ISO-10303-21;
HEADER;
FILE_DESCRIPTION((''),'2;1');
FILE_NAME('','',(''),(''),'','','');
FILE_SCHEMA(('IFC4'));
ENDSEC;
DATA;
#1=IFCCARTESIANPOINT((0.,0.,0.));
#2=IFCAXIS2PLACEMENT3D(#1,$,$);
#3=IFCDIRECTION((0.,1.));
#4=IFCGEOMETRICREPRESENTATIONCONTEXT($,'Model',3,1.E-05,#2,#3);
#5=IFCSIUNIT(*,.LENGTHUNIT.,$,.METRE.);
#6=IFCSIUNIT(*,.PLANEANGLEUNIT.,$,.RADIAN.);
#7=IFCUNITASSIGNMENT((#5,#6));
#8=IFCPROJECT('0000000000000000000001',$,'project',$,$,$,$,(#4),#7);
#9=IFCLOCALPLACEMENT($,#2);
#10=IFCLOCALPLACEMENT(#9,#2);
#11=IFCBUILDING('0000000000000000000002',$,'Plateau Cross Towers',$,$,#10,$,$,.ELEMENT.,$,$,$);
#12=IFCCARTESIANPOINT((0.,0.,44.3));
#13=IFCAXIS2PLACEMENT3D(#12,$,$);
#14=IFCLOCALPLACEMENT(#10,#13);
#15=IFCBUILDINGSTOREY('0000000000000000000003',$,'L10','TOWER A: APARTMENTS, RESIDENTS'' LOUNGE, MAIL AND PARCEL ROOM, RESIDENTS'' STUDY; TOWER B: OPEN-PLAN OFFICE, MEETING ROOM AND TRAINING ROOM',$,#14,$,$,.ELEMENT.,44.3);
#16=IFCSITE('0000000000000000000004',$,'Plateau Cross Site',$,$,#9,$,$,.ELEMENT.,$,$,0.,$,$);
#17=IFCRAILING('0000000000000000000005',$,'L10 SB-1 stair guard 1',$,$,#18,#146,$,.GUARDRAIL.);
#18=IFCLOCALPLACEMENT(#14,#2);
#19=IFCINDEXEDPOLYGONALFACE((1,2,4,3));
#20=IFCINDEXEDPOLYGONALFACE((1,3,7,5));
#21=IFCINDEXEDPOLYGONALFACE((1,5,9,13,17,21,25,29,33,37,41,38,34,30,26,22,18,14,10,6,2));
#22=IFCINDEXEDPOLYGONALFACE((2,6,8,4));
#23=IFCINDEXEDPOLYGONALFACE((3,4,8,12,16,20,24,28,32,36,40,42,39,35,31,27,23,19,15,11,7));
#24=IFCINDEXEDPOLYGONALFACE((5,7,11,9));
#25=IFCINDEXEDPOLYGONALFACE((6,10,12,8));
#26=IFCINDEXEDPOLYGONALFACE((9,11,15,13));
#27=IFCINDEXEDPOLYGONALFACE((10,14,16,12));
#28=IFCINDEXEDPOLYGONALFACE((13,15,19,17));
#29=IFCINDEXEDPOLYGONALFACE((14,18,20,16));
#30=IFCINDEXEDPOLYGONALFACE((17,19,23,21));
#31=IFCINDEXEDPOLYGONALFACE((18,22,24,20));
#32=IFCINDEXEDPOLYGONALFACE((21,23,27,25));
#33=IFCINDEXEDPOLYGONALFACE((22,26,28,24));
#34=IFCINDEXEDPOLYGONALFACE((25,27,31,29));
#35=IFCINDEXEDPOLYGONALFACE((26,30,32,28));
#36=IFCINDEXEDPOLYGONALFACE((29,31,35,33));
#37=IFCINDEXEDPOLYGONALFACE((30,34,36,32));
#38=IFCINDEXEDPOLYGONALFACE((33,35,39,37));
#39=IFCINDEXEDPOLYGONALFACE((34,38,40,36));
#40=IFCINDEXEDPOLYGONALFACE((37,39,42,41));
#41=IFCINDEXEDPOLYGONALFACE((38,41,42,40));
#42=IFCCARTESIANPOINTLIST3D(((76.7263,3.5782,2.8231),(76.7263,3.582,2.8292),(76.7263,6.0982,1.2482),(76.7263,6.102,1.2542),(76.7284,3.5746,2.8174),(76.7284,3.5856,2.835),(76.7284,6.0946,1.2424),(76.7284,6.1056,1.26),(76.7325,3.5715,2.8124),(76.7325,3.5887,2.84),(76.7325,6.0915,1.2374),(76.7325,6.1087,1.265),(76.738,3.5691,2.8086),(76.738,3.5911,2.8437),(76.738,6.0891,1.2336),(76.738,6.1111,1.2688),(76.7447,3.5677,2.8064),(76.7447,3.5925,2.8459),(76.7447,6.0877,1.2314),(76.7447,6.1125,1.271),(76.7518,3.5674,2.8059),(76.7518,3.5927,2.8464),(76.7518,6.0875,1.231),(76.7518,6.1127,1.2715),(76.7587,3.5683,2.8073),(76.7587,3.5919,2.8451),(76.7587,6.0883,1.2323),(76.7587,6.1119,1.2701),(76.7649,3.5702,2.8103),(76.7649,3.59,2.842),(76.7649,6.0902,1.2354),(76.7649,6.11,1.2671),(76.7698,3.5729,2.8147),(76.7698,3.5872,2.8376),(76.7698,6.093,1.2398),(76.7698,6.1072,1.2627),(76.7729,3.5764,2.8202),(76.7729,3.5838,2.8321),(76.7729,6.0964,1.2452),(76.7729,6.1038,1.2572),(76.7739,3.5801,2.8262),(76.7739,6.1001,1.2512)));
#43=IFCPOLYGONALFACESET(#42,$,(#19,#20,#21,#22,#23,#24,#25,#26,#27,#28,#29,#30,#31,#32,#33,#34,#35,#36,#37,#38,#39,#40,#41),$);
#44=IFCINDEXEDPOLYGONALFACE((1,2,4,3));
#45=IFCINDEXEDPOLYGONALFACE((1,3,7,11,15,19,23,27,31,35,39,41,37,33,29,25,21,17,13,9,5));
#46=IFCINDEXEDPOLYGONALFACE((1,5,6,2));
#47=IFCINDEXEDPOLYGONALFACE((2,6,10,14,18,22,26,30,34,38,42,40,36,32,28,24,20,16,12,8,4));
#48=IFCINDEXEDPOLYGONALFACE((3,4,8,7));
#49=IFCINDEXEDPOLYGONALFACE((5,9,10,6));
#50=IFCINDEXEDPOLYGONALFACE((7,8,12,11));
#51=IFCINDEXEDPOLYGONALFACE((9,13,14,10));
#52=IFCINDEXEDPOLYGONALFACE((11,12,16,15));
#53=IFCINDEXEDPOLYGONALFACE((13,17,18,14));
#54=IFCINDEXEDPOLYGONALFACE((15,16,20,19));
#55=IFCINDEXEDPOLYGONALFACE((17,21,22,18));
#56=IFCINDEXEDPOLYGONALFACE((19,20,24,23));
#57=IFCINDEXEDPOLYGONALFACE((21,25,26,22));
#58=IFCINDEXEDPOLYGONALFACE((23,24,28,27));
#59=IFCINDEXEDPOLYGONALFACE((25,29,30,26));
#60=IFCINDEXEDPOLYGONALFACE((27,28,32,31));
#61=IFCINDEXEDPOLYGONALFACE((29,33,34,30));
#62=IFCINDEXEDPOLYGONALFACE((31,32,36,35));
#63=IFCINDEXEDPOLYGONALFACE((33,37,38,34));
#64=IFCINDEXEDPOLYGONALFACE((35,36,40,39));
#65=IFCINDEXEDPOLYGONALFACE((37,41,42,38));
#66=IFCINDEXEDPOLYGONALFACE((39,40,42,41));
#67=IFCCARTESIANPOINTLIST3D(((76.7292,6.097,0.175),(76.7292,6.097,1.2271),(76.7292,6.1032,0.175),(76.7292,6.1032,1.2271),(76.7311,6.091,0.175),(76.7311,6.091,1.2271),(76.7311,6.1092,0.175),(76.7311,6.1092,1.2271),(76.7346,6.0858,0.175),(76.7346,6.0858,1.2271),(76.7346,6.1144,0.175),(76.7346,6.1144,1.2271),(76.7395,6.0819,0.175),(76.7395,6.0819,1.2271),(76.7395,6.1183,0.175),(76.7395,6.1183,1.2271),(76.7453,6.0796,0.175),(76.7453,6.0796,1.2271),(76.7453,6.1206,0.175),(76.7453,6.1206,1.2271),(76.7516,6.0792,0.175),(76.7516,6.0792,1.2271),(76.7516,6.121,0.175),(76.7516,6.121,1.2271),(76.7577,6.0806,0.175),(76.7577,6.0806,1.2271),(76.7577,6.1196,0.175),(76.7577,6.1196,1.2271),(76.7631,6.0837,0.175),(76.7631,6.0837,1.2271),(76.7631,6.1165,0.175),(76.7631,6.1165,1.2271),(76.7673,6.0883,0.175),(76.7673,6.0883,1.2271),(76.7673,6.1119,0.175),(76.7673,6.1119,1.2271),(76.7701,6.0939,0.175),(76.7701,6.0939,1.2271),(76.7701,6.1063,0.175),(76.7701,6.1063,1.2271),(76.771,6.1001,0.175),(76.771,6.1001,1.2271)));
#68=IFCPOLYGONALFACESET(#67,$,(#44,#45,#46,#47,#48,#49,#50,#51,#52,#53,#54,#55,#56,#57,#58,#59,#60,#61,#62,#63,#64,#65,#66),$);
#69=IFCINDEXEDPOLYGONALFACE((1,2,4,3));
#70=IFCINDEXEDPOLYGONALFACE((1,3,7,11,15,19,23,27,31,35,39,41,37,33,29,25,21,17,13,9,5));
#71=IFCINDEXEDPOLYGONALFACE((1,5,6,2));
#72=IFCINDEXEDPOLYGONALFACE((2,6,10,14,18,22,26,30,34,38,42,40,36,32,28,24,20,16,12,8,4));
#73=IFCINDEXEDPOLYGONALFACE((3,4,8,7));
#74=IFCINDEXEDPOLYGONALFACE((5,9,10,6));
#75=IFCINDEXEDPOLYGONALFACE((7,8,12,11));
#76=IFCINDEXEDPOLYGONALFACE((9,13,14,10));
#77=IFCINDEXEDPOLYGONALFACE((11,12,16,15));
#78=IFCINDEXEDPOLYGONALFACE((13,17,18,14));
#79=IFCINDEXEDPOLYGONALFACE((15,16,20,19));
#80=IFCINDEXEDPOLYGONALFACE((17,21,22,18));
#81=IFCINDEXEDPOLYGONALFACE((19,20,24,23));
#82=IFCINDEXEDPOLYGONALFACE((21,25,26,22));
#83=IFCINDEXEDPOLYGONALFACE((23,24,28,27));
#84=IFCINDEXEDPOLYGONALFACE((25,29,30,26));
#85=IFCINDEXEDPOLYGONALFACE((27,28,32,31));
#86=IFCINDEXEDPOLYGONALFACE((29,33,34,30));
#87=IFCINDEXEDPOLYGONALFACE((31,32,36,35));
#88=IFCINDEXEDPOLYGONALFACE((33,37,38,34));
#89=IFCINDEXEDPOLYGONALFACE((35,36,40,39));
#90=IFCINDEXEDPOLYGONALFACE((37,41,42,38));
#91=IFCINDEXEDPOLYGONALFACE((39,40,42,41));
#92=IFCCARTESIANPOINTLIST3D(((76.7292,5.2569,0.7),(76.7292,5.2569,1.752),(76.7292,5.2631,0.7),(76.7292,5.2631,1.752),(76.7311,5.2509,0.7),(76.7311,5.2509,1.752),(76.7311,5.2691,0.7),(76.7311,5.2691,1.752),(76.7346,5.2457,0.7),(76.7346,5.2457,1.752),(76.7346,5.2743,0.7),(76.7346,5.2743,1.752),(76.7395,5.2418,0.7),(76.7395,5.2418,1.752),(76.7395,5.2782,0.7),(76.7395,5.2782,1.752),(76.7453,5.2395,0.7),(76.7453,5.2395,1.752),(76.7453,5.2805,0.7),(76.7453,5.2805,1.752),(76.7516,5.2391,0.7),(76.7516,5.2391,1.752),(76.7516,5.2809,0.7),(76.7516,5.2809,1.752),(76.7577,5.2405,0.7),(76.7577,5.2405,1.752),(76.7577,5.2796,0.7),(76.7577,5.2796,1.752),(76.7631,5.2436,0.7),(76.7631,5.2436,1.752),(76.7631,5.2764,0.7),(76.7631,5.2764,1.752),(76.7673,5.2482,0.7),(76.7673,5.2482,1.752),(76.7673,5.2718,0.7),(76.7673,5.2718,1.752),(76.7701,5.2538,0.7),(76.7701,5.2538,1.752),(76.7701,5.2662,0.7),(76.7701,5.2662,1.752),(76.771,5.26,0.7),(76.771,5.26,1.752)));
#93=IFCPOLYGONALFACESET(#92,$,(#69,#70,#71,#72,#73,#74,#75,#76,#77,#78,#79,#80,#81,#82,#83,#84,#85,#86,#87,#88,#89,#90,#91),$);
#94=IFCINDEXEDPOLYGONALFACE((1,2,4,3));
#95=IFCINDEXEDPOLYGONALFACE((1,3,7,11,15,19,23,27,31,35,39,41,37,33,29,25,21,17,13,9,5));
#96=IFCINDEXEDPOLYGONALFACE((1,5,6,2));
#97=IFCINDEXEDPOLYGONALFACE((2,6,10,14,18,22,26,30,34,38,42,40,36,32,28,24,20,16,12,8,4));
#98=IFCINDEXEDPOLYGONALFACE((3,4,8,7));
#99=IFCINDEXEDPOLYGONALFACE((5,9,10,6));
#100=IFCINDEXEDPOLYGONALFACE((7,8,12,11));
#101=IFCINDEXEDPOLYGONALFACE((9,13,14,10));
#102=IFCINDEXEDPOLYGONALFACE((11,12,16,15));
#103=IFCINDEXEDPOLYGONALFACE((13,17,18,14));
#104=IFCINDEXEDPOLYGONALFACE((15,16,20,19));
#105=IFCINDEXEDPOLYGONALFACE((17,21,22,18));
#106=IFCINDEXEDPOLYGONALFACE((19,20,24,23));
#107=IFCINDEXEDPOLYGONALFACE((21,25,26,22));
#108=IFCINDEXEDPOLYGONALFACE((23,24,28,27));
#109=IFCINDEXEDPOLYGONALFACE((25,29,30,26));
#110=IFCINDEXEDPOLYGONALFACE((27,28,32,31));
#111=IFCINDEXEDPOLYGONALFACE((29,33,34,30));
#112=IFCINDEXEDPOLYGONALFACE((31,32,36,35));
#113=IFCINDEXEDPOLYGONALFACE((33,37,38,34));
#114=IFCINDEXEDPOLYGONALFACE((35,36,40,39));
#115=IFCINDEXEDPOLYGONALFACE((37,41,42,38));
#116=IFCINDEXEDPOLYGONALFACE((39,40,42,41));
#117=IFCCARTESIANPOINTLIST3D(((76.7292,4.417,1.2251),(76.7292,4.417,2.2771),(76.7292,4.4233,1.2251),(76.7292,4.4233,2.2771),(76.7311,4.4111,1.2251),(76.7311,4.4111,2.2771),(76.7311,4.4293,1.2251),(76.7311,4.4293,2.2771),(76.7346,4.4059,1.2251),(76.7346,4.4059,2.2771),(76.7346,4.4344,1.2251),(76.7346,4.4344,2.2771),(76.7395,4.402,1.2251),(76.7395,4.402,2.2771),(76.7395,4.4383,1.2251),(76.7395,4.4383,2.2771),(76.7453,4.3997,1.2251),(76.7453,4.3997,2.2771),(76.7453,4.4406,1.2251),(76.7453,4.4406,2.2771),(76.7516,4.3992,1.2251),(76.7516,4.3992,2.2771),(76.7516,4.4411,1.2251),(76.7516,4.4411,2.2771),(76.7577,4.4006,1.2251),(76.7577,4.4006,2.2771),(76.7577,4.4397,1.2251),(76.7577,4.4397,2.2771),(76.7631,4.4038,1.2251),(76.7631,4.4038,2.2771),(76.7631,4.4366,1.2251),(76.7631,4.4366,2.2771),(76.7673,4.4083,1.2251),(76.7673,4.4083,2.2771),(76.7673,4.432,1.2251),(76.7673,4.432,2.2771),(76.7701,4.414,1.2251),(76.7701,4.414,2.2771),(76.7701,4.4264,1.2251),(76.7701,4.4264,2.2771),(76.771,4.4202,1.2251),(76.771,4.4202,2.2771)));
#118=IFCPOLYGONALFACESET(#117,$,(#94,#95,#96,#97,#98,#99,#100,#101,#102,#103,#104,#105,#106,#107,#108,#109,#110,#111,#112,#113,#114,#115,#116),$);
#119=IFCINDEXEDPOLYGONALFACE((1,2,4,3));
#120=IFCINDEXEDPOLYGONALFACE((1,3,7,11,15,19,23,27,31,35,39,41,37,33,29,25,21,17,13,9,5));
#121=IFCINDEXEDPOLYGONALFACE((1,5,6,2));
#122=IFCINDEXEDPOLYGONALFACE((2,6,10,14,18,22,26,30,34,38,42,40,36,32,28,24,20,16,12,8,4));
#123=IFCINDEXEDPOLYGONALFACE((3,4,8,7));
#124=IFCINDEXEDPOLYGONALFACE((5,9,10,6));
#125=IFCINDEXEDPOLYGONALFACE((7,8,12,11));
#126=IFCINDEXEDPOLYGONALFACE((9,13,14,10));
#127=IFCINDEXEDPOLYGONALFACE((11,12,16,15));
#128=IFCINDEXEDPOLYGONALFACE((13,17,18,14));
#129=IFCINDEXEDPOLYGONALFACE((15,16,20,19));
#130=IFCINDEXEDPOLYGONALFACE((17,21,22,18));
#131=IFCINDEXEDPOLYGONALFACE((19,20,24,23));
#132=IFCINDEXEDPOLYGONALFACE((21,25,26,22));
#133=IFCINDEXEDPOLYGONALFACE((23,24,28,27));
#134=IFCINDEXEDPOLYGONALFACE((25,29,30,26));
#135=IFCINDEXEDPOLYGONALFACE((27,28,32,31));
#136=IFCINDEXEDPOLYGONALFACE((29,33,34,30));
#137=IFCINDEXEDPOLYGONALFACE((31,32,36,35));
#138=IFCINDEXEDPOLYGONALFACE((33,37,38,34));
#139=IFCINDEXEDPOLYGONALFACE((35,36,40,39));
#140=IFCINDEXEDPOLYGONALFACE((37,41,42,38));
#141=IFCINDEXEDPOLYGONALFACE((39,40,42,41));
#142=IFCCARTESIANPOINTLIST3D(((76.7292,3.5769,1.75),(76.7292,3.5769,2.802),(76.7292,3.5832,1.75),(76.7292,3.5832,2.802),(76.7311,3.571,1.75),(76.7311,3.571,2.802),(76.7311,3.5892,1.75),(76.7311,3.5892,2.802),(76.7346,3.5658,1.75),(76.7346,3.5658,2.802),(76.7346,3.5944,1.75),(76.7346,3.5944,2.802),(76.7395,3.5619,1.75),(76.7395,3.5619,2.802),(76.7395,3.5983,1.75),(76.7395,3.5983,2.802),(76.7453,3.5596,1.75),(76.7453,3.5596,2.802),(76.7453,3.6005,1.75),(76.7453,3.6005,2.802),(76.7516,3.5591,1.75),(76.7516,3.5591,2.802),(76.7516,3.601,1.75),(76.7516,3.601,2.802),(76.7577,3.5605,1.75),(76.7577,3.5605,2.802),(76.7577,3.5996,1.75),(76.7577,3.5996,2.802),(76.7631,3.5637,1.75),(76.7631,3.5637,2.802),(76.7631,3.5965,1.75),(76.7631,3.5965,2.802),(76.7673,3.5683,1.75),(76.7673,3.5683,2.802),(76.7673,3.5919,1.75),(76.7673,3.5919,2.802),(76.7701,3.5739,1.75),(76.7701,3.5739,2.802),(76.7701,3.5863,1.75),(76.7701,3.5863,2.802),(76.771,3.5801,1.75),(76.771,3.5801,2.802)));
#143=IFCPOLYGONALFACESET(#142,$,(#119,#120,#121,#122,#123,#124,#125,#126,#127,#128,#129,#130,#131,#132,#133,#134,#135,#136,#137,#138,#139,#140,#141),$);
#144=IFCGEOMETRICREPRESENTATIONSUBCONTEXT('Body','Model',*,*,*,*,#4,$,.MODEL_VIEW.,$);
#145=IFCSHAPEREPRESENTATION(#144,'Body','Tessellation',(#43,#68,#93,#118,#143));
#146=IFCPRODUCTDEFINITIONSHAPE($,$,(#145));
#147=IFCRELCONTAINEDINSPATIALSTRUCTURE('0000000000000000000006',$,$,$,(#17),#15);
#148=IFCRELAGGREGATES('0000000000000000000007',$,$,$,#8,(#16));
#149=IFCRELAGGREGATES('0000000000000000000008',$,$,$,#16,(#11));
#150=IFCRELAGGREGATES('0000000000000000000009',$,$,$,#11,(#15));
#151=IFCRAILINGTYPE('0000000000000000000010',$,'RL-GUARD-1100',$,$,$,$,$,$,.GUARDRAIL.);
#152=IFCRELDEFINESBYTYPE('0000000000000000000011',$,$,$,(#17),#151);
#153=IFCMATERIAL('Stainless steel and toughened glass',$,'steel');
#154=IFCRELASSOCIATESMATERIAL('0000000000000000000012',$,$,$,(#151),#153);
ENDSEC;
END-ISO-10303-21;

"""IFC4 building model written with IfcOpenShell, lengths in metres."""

from ifc_helpers import new_model, si_unit, direction, frame, origin, origin_2d, place, context, subcontext, project, spatial, circle, extrude, material, type_object, element, save


model = new_model("IFC4")

# Units and contexts
model_context = context("Model", 3, precision=1e-05, world=origin(), true_north=direction((0.0, 1.0)))
body_context = subcontext(model_context, "Body", "Model", "MODEL_VIEW")
ifc_project = project(units=[si_unit("LENGTHUNIT", "METRE"), si_unit("PLANEANGLEUNIT", "RADIAN")], contexts=[model_context])

# Site, building, storey
site_placement = place(None, origin())
site = spatial("IfcSite", under=ifc_project, at=site_placement, Name="Plateau Cross Site", CompositionType="ELEMENT", RefElevation=0.0)
building_placement = place(site_placement, origin())
building = spatial("IfcBuilding", under=site, at=building_placement, Name="Plateau Cross Towers", CompositionType="ELEMENT")
storey_placement = place(building_placement, frame((0.0, 0.0, 44.3)))
storey = spatial("IfcBuildingStorey", under=building, at=storey_placement, Name="L10", Description="TOWER A: APARTMENTS, RESIDENTS' LOUNGE, MAIL AND PARCEL ROOM, RESIDENTS' STUDY; TOWER B: OPEN-PLAN OFFICE, MEETING ROOM AND TRAINING ROOM", CompositionType="ELEMENT", Elevation=44.3)

# Railing
ifc_material_1 = material(Name="Stainless steel and toughened glass", Category="steel")
railing_type_1 = type_object("IfcRailingType", Name="RL-GUARD-1100", PredefinedType="GUARDRAIL", material=ifc_material_1)
railing_1_placement = place(storey_placement, frame((76.75, 6.1001, 0.175)))
element("IfcRailing", 1, at=railing_1_placement, inside=storey, type_object=railing_type_1, Name="L10 SB-1 stair guard 1", PredefinedType="GUARDRAIL", context=body_context, shape_type="SweptSolid", body=[
    extrude(circle(Radius=0.0239, at=origin_2d()), frame((0.0, 0.0, 1.0762), z_axis=(0.0, -0.848008, 0.529984), x_axis=(1.0, 0.0, 0.0)), (0.0, 0.0, 1.0), 2.9717),
    extrude(circle(Radius=0.021, at=origin_2d()), origin(), (0.0, 0.0, 1.0), 1.052),
    extrude(circle(Radius=0.021, at=origin_2d()), frame((0.0, -0.8401, 0.5249)), (0.0, 0.0, 1.0), 1.052),
    extrude(circle(Radius=0.021, at=origin_2d()), frame((0.0, -1.6799, 1.05)), (0.0, 0.0, 1.0), 1.052),
    extrude(circle(Radius=0.021, at=origin_2d()), frame((0.0, -2.52, 1.575)), (0.0, 0.0, 1.0), 1.052),
])

save(model, "model.ifc")
